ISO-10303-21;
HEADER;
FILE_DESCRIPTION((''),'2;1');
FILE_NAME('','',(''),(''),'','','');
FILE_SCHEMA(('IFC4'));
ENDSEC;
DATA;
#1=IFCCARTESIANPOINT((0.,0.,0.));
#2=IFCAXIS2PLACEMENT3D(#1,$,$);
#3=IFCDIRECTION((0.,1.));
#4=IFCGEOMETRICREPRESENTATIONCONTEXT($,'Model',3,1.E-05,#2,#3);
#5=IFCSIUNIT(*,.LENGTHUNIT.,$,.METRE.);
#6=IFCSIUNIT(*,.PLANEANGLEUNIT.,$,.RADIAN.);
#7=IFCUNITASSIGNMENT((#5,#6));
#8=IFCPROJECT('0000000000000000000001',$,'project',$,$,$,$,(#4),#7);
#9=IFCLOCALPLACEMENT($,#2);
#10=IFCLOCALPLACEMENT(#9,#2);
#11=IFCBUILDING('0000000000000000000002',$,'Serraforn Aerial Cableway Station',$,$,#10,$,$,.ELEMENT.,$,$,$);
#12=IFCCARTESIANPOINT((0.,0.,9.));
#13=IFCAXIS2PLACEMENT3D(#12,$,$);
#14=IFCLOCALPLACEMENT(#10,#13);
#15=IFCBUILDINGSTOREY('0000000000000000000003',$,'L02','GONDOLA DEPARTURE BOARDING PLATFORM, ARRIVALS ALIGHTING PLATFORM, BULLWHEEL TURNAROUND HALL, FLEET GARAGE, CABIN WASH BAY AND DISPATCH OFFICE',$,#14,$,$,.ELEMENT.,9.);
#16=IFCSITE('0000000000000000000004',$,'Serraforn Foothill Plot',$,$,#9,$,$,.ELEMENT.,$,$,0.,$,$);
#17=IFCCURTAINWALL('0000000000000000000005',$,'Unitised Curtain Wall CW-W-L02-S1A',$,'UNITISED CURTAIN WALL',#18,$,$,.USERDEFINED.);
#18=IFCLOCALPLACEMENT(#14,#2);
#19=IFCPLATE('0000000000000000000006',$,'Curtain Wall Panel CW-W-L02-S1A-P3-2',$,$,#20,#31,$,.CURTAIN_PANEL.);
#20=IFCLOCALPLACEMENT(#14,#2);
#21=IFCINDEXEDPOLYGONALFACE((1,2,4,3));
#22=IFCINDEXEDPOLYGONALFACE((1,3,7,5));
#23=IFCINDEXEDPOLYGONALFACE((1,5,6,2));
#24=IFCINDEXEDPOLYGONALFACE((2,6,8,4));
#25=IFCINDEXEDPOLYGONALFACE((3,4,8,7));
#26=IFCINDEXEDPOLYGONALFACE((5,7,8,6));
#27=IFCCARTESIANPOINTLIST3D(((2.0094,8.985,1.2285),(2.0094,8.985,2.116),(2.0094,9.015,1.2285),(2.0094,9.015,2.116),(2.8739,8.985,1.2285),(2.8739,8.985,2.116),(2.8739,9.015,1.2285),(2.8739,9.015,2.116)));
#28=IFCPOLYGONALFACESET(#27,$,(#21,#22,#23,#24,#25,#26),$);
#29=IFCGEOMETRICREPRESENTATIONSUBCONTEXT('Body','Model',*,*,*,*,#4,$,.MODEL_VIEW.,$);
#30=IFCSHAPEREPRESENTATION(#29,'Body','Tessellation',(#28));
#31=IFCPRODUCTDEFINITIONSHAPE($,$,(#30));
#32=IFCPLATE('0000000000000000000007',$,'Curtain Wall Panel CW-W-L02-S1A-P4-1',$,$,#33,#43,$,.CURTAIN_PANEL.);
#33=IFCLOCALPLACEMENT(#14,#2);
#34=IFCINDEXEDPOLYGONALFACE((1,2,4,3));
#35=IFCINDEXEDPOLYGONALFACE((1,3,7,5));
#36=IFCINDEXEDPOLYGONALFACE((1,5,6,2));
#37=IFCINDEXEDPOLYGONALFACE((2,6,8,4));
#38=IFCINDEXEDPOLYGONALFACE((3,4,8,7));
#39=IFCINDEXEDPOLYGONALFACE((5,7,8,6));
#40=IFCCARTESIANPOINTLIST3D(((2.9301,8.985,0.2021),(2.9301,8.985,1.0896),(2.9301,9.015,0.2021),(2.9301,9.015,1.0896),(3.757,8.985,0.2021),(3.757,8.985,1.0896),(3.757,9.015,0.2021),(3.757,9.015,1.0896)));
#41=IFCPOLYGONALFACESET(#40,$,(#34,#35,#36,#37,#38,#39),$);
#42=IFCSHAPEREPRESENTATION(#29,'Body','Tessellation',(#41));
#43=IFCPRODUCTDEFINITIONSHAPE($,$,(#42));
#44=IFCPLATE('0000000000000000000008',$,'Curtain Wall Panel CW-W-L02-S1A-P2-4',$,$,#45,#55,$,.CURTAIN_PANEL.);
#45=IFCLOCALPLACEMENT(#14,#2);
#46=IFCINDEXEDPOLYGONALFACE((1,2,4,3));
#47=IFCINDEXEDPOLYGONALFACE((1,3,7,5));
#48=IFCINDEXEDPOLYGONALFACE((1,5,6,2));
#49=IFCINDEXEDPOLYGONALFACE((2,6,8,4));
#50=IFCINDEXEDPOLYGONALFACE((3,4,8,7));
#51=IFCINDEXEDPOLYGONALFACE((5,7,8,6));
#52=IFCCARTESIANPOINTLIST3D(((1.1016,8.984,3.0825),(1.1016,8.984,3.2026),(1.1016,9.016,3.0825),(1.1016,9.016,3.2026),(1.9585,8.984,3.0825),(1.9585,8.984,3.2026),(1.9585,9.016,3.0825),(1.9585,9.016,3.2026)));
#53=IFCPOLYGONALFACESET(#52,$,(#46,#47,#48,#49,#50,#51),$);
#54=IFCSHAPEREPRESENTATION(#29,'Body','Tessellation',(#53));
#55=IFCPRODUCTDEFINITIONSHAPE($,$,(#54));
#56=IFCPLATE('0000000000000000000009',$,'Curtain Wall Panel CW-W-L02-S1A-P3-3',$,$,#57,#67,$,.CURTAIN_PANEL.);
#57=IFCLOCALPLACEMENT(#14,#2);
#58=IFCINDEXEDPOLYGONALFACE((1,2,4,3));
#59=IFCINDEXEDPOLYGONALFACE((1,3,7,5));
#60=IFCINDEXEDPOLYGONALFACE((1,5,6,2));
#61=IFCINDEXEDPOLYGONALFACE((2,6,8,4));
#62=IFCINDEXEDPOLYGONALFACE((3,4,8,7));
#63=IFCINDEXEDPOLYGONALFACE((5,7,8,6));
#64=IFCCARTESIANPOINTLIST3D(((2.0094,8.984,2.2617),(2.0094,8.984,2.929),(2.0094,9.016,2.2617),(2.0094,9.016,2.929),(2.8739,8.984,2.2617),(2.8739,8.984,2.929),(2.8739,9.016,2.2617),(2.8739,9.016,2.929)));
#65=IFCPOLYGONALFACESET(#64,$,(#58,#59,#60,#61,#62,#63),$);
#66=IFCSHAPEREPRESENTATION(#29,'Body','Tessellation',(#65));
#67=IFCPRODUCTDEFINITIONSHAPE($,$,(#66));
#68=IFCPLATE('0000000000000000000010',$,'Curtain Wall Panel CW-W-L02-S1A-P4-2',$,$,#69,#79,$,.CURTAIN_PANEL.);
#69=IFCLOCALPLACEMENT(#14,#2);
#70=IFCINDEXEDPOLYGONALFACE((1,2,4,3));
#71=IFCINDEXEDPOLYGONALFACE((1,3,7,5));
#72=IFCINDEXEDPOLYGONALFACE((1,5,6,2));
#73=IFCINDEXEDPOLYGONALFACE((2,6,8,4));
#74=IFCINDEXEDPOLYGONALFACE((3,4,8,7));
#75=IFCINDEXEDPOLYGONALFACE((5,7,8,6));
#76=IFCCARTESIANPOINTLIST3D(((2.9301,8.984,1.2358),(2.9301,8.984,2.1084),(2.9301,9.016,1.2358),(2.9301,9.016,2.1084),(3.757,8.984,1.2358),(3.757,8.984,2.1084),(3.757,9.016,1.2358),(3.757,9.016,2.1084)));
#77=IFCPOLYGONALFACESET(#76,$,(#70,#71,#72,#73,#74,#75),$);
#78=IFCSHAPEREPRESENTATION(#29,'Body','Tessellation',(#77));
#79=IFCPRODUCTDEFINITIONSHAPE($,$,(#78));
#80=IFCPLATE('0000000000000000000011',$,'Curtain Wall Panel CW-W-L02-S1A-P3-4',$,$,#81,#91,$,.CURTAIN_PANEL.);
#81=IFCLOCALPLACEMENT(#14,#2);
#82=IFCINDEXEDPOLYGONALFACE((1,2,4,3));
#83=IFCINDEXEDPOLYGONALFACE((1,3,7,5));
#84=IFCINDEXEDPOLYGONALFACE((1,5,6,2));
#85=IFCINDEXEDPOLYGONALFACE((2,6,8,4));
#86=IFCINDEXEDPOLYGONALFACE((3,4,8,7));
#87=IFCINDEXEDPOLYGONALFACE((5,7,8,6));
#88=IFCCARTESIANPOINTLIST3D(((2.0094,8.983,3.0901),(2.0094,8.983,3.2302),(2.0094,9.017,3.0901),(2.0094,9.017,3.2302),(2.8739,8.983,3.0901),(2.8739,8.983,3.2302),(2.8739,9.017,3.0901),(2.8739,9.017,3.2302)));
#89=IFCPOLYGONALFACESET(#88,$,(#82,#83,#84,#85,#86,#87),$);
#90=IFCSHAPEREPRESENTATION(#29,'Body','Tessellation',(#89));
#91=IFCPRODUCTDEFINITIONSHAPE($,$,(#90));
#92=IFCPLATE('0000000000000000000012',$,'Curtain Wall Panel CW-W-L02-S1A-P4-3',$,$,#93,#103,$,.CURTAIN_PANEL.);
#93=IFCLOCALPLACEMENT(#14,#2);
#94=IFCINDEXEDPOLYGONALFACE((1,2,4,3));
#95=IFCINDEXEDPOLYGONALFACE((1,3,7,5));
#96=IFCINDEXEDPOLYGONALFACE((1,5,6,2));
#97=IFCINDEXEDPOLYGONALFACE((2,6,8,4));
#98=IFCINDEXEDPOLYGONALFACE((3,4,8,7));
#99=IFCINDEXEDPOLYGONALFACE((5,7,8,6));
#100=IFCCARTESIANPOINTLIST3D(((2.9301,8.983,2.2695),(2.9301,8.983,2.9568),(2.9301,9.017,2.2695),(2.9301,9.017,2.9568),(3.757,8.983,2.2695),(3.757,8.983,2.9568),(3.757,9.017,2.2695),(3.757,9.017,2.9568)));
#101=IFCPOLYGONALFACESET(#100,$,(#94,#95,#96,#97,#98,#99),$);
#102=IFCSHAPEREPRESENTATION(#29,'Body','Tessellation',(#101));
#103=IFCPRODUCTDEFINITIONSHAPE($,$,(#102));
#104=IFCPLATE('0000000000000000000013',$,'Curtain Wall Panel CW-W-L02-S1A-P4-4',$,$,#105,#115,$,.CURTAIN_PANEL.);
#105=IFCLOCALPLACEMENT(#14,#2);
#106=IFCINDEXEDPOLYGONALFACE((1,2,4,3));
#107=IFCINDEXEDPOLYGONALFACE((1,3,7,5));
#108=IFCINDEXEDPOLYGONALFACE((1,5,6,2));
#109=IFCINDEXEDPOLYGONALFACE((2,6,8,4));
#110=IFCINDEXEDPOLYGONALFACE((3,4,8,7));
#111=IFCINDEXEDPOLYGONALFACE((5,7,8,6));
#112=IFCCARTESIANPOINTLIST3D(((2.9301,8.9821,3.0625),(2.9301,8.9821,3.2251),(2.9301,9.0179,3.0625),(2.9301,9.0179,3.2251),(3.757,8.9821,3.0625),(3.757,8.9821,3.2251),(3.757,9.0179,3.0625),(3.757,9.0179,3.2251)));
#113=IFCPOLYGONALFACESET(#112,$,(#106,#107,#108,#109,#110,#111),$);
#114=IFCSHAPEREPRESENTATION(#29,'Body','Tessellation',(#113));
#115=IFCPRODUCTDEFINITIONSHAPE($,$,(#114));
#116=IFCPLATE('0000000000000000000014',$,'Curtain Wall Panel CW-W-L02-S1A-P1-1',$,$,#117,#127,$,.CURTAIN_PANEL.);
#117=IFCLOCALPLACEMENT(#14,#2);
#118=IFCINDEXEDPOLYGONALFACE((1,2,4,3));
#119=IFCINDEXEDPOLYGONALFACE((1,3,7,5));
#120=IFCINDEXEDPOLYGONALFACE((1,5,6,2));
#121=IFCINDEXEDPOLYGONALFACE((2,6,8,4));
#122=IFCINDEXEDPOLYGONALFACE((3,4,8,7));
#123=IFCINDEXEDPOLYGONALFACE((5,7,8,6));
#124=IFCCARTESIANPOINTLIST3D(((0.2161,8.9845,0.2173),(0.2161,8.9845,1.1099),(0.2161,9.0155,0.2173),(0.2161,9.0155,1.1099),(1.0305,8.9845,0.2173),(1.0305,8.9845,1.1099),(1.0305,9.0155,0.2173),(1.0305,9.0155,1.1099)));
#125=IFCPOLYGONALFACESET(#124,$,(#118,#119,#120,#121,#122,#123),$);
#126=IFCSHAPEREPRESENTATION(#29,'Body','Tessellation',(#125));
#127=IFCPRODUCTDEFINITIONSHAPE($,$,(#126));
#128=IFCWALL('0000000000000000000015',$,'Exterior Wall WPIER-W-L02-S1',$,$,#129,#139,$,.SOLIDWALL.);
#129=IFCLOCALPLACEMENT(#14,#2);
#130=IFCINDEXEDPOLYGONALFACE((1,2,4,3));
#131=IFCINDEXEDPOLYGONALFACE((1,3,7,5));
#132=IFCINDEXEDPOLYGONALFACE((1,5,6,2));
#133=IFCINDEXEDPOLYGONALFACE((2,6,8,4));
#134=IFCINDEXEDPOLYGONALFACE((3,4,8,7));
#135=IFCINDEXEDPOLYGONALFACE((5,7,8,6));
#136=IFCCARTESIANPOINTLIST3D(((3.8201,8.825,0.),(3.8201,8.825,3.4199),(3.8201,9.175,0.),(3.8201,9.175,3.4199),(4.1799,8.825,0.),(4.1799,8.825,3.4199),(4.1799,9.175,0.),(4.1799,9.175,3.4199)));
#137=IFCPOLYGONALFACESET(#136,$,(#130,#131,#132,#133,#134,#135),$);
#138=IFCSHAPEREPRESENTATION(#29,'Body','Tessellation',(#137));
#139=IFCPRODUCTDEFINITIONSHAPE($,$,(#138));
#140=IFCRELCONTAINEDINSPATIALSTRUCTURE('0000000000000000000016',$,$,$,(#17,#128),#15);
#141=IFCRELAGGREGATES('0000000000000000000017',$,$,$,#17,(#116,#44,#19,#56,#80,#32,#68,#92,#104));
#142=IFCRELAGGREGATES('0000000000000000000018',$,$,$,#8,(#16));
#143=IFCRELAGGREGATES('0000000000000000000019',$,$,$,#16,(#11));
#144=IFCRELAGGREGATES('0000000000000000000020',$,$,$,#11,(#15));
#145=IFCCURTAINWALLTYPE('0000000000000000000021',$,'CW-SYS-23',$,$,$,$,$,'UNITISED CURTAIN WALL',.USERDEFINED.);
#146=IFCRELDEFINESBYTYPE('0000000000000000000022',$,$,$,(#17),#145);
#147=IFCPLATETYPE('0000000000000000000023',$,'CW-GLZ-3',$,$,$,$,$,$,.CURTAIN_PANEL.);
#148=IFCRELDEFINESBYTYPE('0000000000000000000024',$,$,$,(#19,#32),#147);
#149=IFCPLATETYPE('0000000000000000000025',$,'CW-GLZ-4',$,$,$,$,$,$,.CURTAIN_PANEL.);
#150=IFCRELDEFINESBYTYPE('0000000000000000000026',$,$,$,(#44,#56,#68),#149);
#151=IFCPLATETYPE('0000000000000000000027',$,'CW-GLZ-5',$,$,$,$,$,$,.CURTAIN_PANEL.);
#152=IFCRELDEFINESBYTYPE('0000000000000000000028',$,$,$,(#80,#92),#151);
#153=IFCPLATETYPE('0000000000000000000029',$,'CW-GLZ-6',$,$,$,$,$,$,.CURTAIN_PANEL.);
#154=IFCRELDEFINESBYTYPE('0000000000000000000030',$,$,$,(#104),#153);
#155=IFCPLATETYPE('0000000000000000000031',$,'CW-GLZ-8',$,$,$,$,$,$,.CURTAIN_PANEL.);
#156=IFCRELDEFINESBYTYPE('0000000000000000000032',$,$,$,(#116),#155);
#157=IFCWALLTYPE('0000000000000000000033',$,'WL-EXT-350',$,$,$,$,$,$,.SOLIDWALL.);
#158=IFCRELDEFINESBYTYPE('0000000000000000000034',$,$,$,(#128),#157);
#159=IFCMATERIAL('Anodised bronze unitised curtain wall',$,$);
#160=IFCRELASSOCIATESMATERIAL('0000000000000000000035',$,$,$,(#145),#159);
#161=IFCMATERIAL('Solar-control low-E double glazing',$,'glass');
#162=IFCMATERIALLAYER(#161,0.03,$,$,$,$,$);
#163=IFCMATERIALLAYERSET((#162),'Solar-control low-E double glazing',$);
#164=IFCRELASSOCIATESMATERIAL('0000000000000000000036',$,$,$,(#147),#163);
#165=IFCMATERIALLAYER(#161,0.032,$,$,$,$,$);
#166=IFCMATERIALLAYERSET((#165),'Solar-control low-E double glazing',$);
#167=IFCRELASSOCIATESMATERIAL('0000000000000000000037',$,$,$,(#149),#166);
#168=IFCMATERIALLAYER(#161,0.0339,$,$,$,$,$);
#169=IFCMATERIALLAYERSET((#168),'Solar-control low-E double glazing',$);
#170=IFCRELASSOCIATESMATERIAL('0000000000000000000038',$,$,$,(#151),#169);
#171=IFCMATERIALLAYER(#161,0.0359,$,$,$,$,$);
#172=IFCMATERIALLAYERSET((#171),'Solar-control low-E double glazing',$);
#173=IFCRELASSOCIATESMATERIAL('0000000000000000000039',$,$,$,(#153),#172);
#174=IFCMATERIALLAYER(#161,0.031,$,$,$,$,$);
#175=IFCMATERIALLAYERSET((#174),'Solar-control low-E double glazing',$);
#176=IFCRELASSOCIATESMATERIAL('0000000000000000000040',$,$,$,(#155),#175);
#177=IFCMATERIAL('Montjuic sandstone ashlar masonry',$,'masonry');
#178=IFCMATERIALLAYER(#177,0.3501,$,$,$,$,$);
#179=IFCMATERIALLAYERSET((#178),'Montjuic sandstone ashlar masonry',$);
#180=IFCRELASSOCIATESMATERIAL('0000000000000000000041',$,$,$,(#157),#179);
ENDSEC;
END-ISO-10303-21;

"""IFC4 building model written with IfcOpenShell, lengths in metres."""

from ifc_helpers import new_model, si_unit, direction, frame, frame_2d, origin, origin_2d, place, context, subcontext, project, spatial, rectangle, extrude, material, layer, layer_set, type_object, element, aggregate, save


model = new_model("IFC4")

# Units and contexts
model_context = context("Model", 3, precision=1e-05, world=origin(), true_north=direction((0.0, 1.0)))
body_context = subcontext(model_context, "Body", "Model", "MODEL_VIEW")
ifc_project = project(units=[si_unit("LENGTHUNIT", "METRE"), si_unit("PLANEANGLEUNIT", "RADIAN")], contexts=[model_context])

# Site, building, storey
site_placement = place(None, origin())
site = spatial("IfcSite", under=ifc_project, at=site_placement, Name="Serraforn Foothill Plot", CompositionType="ELEMENT", RefElevation=0.0)
building_placement = place(site_placement, origin())
building = spatial("IfcBuilding", under=site, at=building_placement, Name="Serraforn Aerial Cableway Station", CompositionType="ELEMENT")
storey_placement = place(building_placement, frame((0.0, 0.0, 9.0)))
storey = spatial("IfcBuildingStorey", under=building, at=storey_placement, Name="L02", Description="GONDOLA DEPARTURE BOARDING PLATFORM, ARRIVALS ALIGHTING PLATFORM, BULLWHEEL TURNAROUND HALL, FLEET GARAGE, CABIN WASH BAY AND DISPATCH OFFICE", CompositionType="ELEMENT", Elevation=9.0)

# Curtain wall, plates
ifc_material_1 = material(Name="Anodised bronze unitised curtain wall")
curtain_wall_type = type_object("IfcCurtainWallType", Name="CW-SYS-23", ElementType="UNITISED CURTAIN WALL", PredefinedType="USERDEFINED", material=ifc_material_1)
curtain_wall_placement = place(storey_placement, origin())
curtain_wall = element("IfcCurtainWall", 1, at=curtain_wall_placement, inside=storey, type_object=curtain_wall_type, Name="Unitised Curtain Wall CW-W-L02-S1A", ObjectType="UNITISED CURTAIN WALL", PredefinedType="USERDEFINED")
ifc_material_2 = material(Name="Solar-control low-E double glazing", Category="glass")
ifc_layer_1 = layer(ifc_material_2, 0.03)
ifc_layer_set_1 = layer_set([ifc_layer_1], Name="Solar-control low-E double glazing")
plate_type_1 = type_object("IfcPlateType", Name="CW-GLZ-3", PredefinedType="CURTAIN_PANEL", material=ifc_layer_set_1)
plate_1_placement = place(storey_placement, frame((2.4417, 9.0, 1.2285), z_axis=(0.0, 0.0, 1.0), x_axis=(1.0, 0.0, 0.0)))
plate_1 = element("IfcPlate", 2, at=plate_1_placement, type_object=plate_type_1, Name="Curtain Wall Panel CW-W-L02-S1A-P3-2", PredefinedType="CURTAIN_PANEL", context=body_context, shape_type="SweptSolid", body=[
    extrude(rectangle(XDim=0.8645, YDim=0.03, at=origin_2d()), origin(), (0.0, 0.0, 1.0), 0.8875),
])
plate_2_placement = place(storey_placement, frame((3.3435, 9.0, 0.2021), z_axis=(0.0, 0.0, 1.0), x_axis=(1.0, 0.0, 0.0)))
plate_2 = element("IfcPlate", 3, at=plate_2_placement, type_object=plate_type_1, Name="Curtain Wall Panel CW-W-L02-S1A-P4-1", PredefinedType="CURTAIN_PANEL", context=body_context, shape_type="SweptSolid", body=[
    extrude(rectangle(XDim=0.8269, YDim=0.03, at=origin_2d()), origin(), (0.0, 0.0, 1.0), 0.8875),
])
ifc_layer_2 = layer(ifc_material_2, 0.032)
ifc_layer_set_2 = layer_set([ifc_layer_2], Name="Solar-control low-E double glazing")
plate_type_2 = type_object("IfcPlateType", Name="CW-GLZ-4", PredefinedType="CURTAIN_PANEL", material=ifc_layer_set_2)
plate_3_placement = place(storey_placement, frame((1.53, 9.0, 3.0825), z_axis=(0.0, 0.0, 1.0), x_axis=(1.0, 0.0, 0.0)))
plate_3 = element("IfcPlate", 4, at=plate_3_placement, type_object=plate_type_2, Name="Curtain Wall Panel CW-W-L02-S1A-P2-4", PredefinedType="CURTAIN_PANEL", context=body_context, shape_type="SweptSolid", body=[
    extrude(rectangle(XDim=0.8569, YDim=0.032, at=origin_2d()), origin(), (0.0, 0.0, 1.0), 0.1201),
])
plate_4_placement = place(storey_placement, frame((2.4417, 9.0, 2.2617), z_axis=(0.0, 0.0, 1.0), x_axis=(1.0, 0.0, 0.0)))
plate_4 = element("IfcPlate", 5, at=plate_4_placement, type_object=plate_type_2, Name="Curtain Wall Panel CW-W-L02-S1A-P3-3", PredefinedType="CURTAIN_PANEL", context=body_context, shape_type="SweptSolid", body=[
    extrude(rectangle(XDim=0.8645, YDim=0.032, at=origin_2d()), origin(), (0.0, 0.0, 1.0), 0.6672),
])
plate_5_placement = place(storey_placement, frame((3.3435, 9.0, 1.2358), z_axis=(0.0, 0.0, 1.0), x_axis=(1.0, 0.0, 0.0)))
plate_5 = element("IfcPlate", 6, at=plate_5_placement, type_object=plate_type_2, Name="Curtain Wall Panel CW-W-L02-S1A-P4-2", PredefinedType="CURTAIN_PANEL", context=body_context, shape_type="SweptSolid", body=[
    extrude(rectangle(XDim=0.8269, YDim=0.032, at=origin_2d()), origin(), (0.0, 0.0, 1.0), 0.8726),
])
ifc_layer_3 = layer(ifc_material_2, 0.0339)
ifc_layer_set_3 = layer_set([ifc_layer_3], Name="Solar-control low-E double glazing")
plate_type_3 = type_object("IfcPlateType", Name="CW-GLZ-5", PredefinedType="CURTAIN_PANEL", material=ifc_layer_set_3)
plate_6_placement = place(storey_placement, frame((2.4417, 9.0, 3.0901), z_axis=(0.0, 0.0, 1.0), x_axis=(1.0, 0.0, 0.0)))
plate_6 = element("IfcPlate", 7, at=plate_6_placement, type_object=plate_type_3, Name="Curtain Wall Panel CW-W-L02-S1A-P3-4", PredefinedType="CURTAIN_PANEL", context=body_context, shape_type="SweptSolid", body=[
    extrude(rectangle(XDim=0.8645, YDim=0.0339, at=origin_2d()), origin(), (0.0, 0.0, 1.0), 0.1401),
])
plate_7_placement = place(storey_placement, frame((3.3435, 9.0, 2.2695), z_axis=(0.0, 0.0, 1.0), x_axis=(1.0, 0.0, 0.0)))
plate_7 = element("IfcPlate", 8, at=plate_7_placement, type_object=plate_type_3, Name="Curtain Wall Panel CW-W-L02-S1A-P4-3", PredefinedType="CURTAIN_PANEL", context=body_context, shape_type="SweptSolid", body=[
    extrude(rectangle(XDim=0.8269, YDim=0.0339, at=origin_2d()), origin(), (0.0, 0.0, 1.0), 0.6873),
])
ifc_layer_4 = layer(ifc_material_2, 0.0359)
ifc_layer_set_4 = layer_set([ifc_layer_4], Name="Solar-control low-E double glazing")
plate_type_4 = type_object("IfcPlateType", Name="CW-GLZ-6", PredefinedType="CURTAIN_PANEL", material=ifc_layer_set_4)
plate_8_placement = place(storey_placement, frame((3.3435, 9.0, 3.0625), z_axis=(0.0, 0.0, 1.0), x_axis=(1.0, 0.0, 0.0)))
plate_8 = element("IfcPlate", 9, at=plate_8_placement, type_object=plate_type_4, Name="Curtain Wall Panel CW-W-L02-S1A-P4-4", PredefinedType="CURTAIN_PANEL", context=body_context, shape_type="SweptSolid", body=[
    extrude(rectangle(XDim=0.8269, YDim=0.0359, at=origin_2d()), origin(), (0.0, 0.0, 1.0), 0.1626),
])
ifc_layer_5 = layer(ifc_material_2, 0.031)
ifc_layer_set_5 = layer_set([ifc_layer_5], Name="Solar-control low-E double glazing")
plate_type_5 = type_object("IfcPlateType", Name="CW-GLZ-8", PredefinedType="CURTAIN_PANEL", material=ifc_layer_set_5)
plate_9_placement = place(storey_placement, frame((0.6233, 9.0, 0.2173), z_axis=(0.0, 0.0, 1.0), x_axis=(1.0, 0.0, 0.0)))
plate_9 = element("IfcPlate", 10, at=plate_9_placement, type_object=plate_type_5, Name="Curtain Wall Panel CW-W-L02-S1A-P1-1", PredefinedType="CURTAIN_PANEL", context=body_context, shape_type="SweptSolid", body=[
    extrude(rectangle(XDim=0.8145, YDim=0.031, at=origin_2d()), origin(), (0.0, 0.0, 1.0), 0.8926),
])
aggregate(curtain_wall, [plate_9, plate_3, plate_1, plate_4, plate_6, plate_2, plate_5, plate_7, plate_8])

# Wall
ifc_material_3 = material(Name="Montjuic sandstone ashlar masonry", Category="masonry")
ifc_layer_6 = layer(ifc_material_3, 0.3501)
ifc_layer_set_6 = layer_set([ifc_layer_6], Name="Montjuic sandstone ashlar masonry")
wall_type = type_object("IfcWallType", Name="WL-EXT-350", PredefinedType="SOLIDWALL", material=ifc_layer_set_6)
wall_placement = place(storey_placement, frame((3.8201, 9.0, 0.0), z_axis=(0.0, 0.0, 1.0), x_axis=(1.0, 0.0, 0.0)))
element("IfcWall", 11, at=wall_placement, inside=storey, type_object=wall_type, Name="Exterior Wall WPIER-W-L02-S1", PredefinedType="SOLIDWALL", context=body_context, shape_type="SweptSolid", body=[
    extrude(rectangle(XDim=0.3599, YDim=0.3501, at=frame_2d((0.1799, 0.0))), origin(), (0.0, 0.0, 1.0), 3.4199),
])

save(model, "model.ifc")
